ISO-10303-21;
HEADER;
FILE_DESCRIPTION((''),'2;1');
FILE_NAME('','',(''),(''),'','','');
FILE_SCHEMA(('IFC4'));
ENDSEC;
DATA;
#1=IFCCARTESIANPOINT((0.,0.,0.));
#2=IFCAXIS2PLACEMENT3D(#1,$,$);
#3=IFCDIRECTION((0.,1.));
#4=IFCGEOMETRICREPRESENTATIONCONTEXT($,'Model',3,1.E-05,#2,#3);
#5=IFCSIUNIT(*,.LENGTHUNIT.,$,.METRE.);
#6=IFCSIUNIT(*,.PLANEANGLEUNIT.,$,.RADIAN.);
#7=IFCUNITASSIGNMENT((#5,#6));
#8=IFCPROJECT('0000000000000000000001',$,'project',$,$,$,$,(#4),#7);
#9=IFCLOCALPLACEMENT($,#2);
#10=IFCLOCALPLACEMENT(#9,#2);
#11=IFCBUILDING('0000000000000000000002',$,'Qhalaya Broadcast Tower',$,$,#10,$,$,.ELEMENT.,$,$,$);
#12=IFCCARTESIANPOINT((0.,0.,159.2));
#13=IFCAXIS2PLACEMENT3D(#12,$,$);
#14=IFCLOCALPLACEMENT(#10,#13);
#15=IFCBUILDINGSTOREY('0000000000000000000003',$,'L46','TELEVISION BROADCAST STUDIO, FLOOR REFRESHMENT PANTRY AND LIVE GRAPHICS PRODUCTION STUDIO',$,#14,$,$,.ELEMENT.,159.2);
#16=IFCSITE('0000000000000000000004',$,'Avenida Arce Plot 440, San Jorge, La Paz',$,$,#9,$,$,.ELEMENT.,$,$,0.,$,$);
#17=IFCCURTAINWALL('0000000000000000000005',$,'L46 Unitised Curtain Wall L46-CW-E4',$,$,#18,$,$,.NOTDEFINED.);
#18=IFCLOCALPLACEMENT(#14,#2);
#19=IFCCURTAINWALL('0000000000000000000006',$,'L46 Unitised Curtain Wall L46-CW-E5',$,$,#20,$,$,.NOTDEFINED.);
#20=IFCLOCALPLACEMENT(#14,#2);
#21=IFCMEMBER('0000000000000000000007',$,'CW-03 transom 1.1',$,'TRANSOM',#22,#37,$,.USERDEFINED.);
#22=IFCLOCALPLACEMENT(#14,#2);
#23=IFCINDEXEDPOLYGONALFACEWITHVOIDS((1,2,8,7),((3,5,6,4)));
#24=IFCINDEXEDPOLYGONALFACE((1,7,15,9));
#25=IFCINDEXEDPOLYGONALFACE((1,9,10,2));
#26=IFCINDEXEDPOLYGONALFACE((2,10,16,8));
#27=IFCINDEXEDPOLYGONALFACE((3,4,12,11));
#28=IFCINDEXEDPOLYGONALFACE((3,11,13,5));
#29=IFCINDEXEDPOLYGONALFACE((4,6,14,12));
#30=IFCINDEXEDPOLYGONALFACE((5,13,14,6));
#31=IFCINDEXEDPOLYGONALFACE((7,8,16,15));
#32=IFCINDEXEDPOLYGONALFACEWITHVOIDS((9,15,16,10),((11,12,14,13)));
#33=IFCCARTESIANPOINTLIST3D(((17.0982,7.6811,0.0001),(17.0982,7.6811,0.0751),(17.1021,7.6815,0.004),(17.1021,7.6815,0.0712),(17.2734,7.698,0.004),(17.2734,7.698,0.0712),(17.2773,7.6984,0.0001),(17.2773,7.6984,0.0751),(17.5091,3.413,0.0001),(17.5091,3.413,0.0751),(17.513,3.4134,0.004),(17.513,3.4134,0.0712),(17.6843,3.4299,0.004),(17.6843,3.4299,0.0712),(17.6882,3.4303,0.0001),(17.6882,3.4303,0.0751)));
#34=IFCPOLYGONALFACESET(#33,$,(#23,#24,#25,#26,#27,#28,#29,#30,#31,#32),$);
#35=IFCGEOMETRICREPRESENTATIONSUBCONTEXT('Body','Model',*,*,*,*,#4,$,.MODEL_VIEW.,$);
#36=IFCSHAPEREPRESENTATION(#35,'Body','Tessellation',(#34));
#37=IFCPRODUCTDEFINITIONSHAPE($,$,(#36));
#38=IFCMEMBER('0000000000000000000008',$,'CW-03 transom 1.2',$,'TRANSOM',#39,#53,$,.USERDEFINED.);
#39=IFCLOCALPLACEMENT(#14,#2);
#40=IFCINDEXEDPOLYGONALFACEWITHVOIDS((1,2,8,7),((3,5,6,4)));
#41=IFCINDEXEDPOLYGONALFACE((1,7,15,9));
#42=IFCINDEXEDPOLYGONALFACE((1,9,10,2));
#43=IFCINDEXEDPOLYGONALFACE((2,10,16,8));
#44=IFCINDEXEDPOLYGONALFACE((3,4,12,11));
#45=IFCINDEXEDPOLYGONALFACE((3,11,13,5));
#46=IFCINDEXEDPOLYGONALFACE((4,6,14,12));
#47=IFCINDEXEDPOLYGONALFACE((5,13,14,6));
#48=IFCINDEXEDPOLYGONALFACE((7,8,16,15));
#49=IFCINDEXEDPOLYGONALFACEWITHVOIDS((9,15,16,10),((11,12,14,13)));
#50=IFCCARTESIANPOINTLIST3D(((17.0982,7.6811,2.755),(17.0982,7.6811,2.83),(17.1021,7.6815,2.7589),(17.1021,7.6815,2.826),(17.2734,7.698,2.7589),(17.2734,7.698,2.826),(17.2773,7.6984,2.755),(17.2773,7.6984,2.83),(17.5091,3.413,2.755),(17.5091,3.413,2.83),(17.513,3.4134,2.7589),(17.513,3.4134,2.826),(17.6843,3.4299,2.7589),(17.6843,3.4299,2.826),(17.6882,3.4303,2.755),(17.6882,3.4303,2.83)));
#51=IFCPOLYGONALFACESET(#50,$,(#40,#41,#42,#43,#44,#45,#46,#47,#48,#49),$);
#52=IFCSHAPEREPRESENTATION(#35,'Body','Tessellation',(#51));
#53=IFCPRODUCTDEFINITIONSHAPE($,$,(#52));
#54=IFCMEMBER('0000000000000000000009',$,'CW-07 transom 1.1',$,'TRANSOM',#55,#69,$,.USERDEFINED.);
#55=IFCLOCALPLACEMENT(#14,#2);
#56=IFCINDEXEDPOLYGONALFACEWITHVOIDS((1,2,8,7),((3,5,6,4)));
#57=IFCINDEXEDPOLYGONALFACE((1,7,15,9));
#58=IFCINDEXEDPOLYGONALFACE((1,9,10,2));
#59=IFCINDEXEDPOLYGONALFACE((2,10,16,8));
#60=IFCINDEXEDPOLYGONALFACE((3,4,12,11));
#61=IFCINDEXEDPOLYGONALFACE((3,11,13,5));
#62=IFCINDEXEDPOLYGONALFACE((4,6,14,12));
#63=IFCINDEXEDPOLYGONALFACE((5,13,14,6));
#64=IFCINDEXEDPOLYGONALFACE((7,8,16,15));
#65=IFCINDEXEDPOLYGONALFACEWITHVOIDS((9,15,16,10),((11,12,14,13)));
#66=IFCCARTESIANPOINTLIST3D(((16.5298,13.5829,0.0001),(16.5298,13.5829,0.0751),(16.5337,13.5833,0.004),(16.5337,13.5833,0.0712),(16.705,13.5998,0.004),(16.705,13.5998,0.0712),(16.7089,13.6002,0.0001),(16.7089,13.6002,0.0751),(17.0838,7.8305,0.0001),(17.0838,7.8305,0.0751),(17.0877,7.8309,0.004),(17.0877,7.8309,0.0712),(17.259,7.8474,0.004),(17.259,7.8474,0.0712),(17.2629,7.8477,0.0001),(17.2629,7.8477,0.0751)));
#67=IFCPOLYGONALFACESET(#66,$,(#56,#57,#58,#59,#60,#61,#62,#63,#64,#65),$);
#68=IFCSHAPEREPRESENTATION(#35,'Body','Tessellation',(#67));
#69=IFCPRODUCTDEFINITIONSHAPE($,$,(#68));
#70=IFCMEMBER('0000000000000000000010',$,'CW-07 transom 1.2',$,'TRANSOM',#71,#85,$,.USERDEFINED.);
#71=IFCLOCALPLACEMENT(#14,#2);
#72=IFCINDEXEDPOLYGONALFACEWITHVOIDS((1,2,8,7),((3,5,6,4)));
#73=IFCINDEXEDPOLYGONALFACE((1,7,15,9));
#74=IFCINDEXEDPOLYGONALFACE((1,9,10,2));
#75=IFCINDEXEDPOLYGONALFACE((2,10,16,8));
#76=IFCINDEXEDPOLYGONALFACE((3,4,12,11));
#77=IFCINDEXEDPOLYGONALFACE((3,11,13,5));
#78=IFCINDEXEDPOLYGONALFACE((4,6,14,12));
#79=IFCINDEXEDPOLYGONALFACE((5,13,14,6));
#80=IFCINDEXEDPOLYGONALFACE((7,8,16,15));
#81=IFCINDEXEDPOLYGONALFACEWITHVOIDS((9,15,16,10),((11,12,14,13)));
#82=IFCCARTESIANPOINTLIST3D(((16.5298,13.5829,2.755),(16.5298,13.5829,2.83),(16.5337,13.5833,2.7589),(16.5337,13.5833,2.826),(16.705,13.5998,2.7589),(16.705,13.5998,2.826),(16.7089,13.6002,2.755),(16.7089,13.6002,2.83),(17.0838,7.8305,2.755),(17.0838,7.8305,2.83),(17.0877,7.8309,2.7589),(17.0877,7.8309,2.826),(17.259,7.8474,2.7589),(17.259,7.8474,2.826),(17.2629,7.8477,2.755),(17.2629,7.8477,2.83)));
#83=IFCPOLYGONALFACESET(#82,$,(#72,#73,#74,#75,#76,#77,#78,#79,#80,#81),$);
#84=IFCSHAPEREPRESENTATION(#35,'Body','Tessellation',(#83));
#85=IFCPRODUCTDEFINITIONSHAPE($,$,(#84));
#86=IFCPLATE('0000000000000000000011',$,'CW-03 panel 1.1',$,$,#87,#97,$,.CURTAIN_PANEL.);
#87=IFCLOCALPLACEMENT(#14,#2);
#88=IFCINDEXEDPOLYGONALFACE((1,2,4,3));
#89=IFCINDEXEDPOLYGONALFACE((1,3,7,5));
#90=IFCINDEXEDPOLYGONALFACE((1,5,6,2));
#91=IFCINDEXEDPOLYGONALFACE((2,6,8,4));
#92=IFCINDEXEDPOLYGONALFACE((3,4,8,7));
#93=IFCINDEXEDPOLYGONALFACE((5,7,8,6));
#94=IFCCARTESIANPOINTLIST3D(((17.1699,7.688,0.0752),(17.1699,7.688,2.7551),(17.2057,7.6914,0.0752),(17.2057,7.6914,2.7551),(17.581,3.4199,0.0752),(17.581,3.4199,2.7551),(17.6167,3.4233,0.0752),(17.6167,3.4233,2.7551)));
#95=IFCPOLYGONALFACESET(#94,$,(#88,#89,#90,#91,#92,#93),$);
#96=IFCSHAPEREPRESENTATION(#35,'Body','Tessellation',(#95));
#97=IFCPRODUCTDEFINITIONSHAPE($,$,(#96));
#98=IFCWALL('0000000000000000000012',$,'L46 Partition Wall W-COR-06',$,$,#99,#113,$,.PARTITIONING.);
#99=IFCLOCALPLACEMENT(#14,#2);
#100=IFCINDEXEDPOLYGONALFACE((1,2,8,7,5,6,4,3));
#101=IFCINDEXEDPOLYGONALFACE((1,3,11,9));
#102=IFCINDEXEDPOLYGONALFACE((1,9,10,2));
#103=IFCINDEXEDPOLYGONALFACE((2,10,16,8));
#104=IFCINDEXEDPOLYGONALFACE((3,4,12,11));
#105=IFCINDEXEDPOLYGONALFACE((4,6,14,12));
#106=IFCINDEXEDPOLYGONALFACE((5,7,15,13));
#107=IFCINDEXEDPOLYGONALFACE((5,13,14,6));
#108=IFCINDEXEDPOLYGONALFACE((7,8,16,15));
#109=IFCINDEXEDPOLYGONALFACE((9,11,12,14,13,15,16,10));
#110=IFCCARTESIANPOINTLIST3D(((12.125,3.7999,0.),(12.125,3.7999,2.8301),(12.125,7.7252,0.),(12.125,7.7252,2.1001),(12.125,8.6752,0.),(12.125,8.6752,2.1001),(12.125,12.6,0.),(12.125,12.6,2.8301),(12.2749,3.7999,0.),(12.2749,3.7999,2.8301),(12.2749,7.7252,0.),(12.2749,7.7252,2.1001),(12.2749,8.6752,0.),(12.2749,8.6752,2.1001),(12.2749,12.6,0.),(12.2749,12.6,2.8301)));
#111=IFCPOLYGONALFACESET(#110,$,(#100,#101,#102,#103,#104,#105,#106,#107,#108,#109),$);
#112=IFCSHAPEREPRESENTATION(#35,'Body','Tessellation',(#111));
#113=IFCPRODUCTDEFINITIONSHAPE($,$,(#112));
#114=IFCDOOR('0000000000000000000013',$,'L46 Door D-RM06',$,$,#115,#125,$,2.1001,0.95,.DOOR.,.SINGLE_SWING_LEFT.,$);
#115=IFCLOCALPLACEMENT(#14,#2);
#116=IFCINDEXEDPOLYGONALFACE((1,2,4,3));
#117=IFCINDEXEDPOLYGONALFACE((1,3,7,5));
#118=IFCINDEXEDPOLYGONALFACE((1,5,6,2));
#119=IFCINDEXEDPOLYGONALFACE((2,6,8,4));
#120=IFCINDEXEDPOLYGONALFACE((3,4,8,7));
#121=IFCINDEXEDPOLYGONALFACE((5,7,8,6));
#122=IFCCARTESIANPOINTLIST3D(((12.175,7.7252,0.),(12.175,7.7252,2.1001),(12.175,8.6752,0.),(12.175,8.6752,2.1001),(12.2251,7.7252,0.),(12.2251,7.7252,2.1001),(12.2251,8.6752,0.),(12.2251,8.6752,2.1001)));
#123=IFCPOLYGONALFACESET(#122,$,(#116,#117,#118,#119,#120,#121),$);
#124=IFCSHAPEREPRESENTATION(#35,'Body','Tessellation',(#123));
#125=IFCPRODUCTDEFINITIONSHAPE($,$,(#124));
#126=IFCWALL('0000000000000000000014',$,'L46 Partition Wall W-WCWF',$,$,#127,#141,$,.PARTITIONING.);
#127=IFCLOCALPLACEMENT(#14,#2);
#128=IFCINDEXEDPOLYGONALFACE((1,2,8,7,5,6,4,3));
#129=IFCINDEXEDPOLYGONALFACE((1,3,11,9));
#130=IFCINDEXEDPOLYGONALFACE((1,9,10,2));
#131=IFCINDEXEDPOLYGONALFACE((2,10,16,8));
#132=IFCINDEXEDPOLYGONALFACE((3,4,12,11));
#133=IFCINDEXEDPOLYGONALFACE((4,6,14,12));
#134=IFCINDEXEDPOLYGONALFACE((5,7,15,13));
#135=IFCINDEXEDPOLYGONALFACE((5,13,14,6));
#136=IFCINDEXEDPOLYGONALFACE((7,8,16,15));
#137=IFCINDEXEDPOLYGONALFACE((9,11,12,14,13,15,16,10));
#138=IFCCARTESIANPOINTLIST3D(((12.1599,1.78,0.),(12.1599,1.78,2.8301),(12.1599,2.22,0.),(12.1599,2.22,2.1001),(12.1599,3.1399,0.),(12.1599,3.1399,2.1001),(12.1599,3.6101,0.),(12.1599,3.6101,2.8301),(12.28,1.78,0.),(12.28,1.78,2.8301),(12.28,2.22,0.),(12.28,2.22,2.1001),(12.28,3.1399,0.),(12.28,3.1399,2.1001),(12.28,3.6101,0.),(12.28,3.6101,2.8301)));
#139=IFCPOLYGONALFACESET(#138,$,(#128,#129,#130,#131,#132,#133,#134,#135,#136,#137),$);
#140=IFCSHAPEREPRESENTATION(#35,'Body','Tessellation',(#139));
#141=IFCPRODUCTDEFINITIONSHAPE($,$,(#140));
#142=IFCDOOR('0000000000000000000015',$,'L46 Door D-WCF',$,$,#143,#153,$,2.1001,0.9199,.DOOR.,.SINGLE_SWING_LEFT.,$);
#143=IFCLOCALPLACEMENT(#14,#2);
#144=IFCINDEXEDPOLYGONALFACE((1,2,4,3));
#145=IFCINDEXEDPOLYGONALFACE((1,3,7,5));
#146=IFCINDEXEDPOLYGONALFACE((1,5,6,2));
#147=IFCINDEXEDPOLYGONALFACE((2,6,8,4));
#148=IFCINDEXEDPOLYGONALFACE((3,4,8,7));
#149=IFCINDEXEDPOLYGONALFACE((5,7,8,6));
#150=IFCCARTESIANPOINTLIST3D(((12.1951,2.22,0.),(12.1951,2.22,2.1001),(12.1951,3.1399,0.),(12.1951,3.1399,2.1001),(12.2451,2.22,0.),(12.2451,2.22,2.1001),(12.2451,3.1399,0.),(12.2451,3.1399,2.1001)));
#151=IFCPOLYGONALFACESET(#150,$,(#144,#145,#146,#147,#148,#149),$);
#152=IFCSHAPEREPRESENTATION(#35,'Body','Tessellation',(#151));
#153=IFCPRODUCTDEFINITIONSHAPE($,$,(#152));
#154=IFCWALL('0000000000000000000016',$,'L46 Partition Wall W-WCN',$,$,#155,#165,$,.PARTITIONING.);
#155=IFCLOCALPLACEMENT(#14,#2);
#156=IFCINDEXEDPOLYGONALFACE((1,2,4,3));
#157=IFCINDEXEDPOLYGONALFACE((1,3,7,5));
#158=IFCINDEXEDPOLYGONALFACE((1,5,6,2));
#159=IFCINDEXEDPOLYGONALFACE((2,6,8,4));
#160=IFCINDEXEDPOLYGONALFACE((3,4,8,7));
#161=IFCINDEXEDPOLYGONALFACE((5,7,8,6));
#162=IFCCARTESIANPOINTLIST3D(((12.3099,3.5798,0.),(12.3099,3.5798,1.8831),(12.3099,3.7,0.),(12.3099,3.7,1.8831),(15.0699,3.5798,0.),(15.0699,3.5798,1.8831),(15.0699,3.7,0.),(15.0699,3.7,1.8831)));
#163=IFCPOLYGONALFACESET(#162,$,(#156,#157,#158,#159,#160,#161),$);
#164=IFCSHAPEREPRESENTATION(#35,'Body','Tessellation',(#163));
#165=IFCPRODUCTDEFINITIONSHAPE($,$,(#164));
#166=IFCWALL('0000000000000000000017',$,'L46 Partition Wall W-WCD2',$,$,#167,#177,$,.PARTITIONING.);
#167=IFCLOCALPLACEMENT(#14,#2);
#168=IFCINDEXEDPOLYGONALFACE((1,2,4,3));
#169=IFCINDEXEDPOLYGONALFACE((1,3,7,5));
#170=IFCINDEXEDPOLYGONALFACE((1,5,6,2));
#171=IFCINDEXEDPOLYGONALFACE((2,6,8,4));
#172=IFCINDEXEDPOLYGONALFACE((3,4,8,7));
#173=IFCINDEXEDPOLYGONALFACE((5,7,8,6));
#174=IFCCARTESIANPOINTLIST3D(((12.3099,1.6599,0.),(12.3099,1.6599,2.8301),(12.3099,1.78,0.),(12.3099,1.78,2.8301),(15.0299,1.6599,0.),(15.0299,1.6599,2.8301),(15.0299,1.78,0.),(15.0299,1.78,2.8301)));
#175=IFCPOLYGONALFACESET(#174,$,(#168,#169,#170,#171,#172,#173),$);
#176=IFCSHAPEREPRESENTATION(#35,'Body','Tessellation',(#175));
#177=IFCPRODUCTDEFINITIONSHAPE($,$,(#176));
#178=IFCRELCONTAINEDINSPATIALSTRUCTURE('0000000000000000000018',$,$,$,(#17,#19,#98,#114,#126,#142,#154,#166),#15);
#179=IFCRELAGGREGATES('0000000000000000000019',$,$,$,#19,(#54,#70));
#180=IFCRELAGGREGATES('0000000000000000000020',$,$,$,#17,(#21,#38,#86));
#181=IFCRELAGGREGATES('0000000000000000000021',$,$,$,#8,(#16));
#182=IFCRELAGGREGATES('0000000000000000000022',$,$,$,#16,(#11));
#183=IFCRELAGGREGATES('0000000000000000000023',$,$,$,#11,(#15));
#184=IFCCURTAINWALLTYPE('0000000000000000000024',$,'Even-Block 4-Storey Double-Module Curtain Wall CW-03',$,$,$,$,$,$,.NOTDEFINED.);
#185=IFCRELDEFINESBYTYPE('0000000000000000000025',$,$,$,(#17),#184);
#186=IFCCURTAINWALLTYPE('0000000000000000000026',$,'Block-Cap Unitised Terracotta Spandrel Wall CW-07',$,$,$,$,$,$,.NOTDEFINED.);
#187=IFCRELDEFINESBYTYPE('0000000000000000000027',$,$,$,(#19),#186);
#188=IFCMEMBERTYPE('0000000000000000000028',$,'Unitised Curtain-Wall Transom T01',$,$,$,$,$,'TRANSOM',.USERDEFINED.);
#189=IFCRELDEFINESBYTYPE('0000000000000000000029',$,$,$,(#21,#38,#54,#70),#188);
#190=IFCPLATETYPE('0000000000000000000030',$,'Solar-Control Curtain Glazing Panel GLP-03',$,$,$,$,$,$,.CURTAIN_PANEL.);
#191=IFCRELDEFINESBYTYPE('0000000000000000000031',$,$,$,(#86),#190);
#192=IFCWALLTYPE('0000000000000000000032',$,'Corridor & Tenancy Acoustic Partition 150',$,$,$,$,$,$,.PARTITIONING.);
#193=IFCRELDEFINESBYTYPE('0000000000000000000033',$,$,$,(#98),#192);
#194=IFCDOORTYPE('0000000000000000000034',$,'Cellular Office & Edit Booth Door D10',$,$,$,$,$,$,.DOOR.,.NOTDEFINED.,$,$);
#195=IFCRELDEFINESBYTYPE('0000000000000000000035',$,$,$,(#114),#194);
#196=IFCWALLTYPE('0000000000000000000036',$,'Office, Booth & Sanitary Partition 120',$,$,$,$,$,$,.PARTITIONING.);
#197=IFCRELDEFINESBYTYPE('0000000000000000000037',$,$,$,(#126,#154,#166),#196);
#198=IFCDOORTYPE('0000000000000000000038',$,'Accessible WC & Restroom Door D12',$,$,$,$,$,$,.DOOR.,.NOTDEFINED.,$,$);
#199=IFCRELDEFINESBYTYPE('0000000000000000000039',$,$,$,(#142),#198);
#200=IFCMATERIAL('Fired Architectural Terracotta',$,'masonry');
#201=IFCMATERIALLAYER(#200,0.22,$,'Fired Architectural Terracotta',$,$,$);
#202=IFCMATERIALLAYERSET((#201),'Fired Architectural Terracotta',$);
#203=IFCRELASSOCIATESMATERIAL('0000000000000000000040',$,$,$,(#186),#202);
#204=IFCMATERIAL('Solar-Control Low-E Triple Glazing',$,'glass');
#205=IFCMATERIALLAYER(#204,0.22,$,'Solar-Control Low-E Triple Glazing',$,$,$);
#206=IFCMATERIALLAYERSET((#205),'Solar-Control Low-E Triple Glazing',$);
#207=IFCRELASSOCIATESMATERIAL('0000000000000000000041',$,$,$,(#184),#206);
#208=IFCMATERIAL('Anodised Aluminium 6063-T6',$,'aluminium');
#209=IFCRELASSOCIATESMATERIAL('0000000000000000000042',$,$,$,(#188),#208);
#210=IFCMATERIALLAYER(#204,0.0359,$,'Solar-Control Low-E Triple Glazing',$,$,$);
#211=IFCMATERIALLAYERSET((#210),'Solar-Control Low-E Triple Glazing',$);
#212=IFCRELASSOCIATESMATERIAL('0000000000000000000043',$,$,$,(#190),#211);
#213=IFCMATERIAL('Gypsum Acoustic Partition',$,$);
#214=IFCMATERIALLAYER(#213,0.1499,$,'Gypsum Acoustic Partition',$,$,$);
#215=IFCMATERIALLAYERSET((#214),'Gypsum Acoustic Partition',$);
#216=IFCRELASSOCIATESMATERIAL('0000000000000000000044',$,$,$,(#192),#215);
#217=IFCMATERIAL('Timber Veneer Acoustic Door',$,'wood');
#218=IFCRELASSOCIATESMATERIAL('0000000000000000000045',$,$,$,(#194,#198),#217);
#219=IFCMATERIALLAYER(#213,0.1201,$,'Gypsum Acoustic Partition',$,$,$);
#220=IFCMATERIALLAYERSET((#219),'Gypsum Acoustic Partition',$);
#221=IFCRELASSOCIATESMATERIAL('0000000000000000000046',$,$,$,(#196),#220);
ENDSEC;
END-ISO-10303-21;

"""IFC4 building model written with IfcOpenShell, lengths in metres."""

from ifc_helpers import new_model, si_unit, direction, frame, frame_2d, origin, origin_2d, place, context, subcontext, project, spatial, rectangle, hollow_rectangle, extrude, material, layer, layer_set, material_profile, profile_set, type_object, element, fill, aggregate, save


model = new_model("IFC4")

# Units and contexts
model_context = context("Model", 3, precision=1e-05, world=origin(), true_north=direction((0.0, 1.0)))
body_context = subcontext(model_context, "Body", "Model", "MODEL_VIEW")
ifc_project = project(units=[si_unit("LENGTHUNIT", "METRE"), si_unit("PLANEANGLEUNIT", "RADIAN")], contexts=[model_context])

# Site, building, storey
site_placement = place(None, origin())
site = spatial("IfcSite", under=ifc_project, at=site_placement, Name="Avenida Arce Plot 440, San Jorge, La Paz", CompositionType="ELEMENT", RefElevation=0.0)
building_placement = place(site_placement, origin())
building = spatial("IfcBuilding", under=site, at=building_placement, Name="Qhalaya Broadcast Tower", CompositionType="ELEMENT")
storey_placement = place(building_placement, frame((0.0, 0.0, 159.2)))
storey = spatial("IfcBuildingStorey", under=building, at=storey_placement, Name="L46", Description="TELEVISION BROADCAST STUDIO, FLOOR REFRESHMENT PANTRY AND LIVE GRAPHICS PRODUCTION STUDIO", CompositionType="ELEMENT", Elevation=159.2)

# Shared definitions
ifc_material_1 = material(Name="Fired Architectural Terracotta", Category="masonry")
ifc_layer_1 = layer(ifc_material_1, 0.22, Name="Fired Architectural Terracotta")
ifc_layer_set_1 = layer_set([ifc_layer_1], Name="Fired Architectural Terracotta")
curtain_wall_type_1 = type_object("IfcCurtainWallType", Name="Block-Cap Unitised Terracotta Spandrel Wall CW-07", PredefinedType="NOTDEFINED", material=ifc_layer_set_1)
ifc_material_2 = material(Name="Anodised Aluminium 6063-T6", Category="aluminium")

# Curtain wall
ifc_material_3 = material(Name="Solar-Control Low-E Triple Glazing", Category="glass")
ifc_layer_2 = layer(ifc_material_3, 0.22, Name="Solar-Control Low-E Triple Glazing")
ifc_layer_set_2 = layer_set([ifc_layer_2], Name="Solar-Control Low-E Triple Glazing")
curtain_wall_type_2 = type_object("IfcCurtainWallType", Name="Even-Block 4-Storey Double-Module Curtain Wall CW-03", PredefinedType="NOTDEFINED", material=ifc_layer_set_2)
curtain_wall_1_placement = place(storey_placement, origin())
curtain_wall_1 = element("IfcCurtainWall", 1, at=curtain_wall_1_placement, inside=storey, type_object=curtain_wall_type_2, Name="L46 Unitised Curtain Wall L46-CW-E4", PredefinedType="NOTDEFINED")

# Curtain wall
curtain_wall_2_placement = place(storey_placement, origin())
curtain_wall_2 = element("IfcCurtainWall", 2, at=curtain_wall_2_placement, inside=storey, type_object=curtain_wall_type_1, Name="L46 Unitised Curtain Wall L46-CW-E5", PredefinedType="NOTDEFINED")

# Members
ifc_material_profile_1 = material_profile(ifc_material_2, hollow_rectangle(XDim=0.075, YDim=0.1799, WallThickness=0.0039, at=origin_2d()), Name="ALU-TRN 75x180x4")
ifc_profile_set_1 = profile_set([ifc_material_profile_1], Name="Anodised Aluminium 6063-T6")
member_type_1 = type_object("IfcMemberType", Name="Unitised Curtain-Wall Transom T01", ElementType="TRANSOM", PredefinedType="USERDEFINED", material=ifc_profile_set_1)
member_1_placement = place(storey_placement, frame((17.5986, 3.4216, 0.0376), z_axis=(-0.095827, 0.995398, 0.0), x_axis=(0.0, 0.0, 1.0)))
member_1 = element("IfcMember", 3, at=member_1_placement, type_object=member_type_1, Name="CW-03 transom 1.1", ObjectType="TRANSOM", PredefinedType="USERDEFINED", context=body_context, shape_type="SweptSolid", body=[
    extrude(hollow_rectangle(XDim=0.075, YDim=0.1799, WallThickness=0.0039, at=origin_2d()), origin(), (0.0, 0.0, 1.0), 4.2878),
])
member_2_placement = place(storey_placement, frame((17.5986, 3.4216, 2.7925), z_axis=(-0.095827, 0.995398, 0.0), x_axis=(0.0, 0.0, 1.0)))
member_2 = element("IfcMember", 4, at=member_2_placement, type_object=member_type_1, Name="CW-03 transom 1.2", ObjectType="TRANSOM", PredefinedType="USERDEFINED", context=body_context, shape_type="SweptSolid", body=[
    extrude(hollow_rectangle(XDim=0.075, YDim=0.1799, WallThickness=0.0039, at=origin_2d()), origin(), (0.0, 0.0, 1.0), 4.2878),
])
member_3_placement = place(storey_placement, frame((17.1733, 7.8391, 0.0376), z_axis=(-0.095856, 0.995395, 0.0), x_axis=(0.0, 0.0, 1.0)))
member_3 = element("IfcMember", 5, at=member_3_placement, type_object=member_type_1, Name="CW-07 transom 1.1", ObjectType="TRANSOM", PredefinedType="USERDEFINED", context=body_context, shape_type="SweptSolid", body=[
    extrude(hollow_rectangle(XDim=0.075, YDim=0.1799, WallThickness=0.0039, at=origin_2d()), origin(), (0.0, 0.0, 1.0), 5.7791),
])
member_4_placement = place(storey_placement, frame((17.1733, 7.8391, 2.7925), z_axis=(-0.095856, 0.995395, 0.0), x_axis=(0.0, 0.0, 1.0)))
member_4 = element("IfcMember", 6, at=member_4_placement, type_object=member_type_1, Name="CW-07 transom 1.2", ObjectType="TRANSOM", PredefinedType="USERDEFINED", context=body_context, shape_type="SweptSolid", body=[
    extrude(hollow_rectangle(XDim=0.075, YDim=0.1799, WallThickness=0.0039, at=origin_2d()), origin(), (0.0, 0.0, 1.0), 5.7791),
])
aggregate(curtain_wall_2, [member_3, member_4])

# Plate
ifc_layer_3 = layer(ifc_material_3, 0.0359, Name="Solar-Control Low-E Triple Glazing")
ifc_layer_set_3 = layer_set([ifc_layer_3], Name="Solar-Control Low-E Triple Glazing")
plate_type = type_object("IfcPlateType", Name="Solar-Control Curtain Glazing Panel GLP-03", PredefinedType="CURTAIN_PANEL", material=ifc_layer_set_3)
plate_placement = place(storey_placement, frame((17.3933, 5.5557, 0.0752), z_axis=(0.0, 0.0, 1.0), x_axis=(-0.095855, 0.995395, 0.0)))
plate = element("IfcPlate", 7, at=plate_placement, type_object=plate_type, Name="CW-03 panel 1.1", PredefinedType="CURTAIN_PANEL", context=body_context, shape_type="SweptSolid", body=[
    extrude(rectangle(XDim=4.2878, YDim=0.0359, at=origin_2d()), origin(), (0.0, 0.0, 1.0), 2.6799),
])
aggregate(curtain_wall_1, [member_1, member_2, plate])

# Walls, openings, doors
ifc_material_4 = material(Name="Gypsum Acoustic Partition")
ifc_layer_4 = layer(ifc_material_4, 0.1499, Name="Gypsum Acoustic Partition")
ifc_layer_set_4 = layer_set([ifc_layer_4], Name="Gypsum Acoustic Partition")
wall_type_1 = type_object("IfcWallType", Name="Corridor & Tenancy Acoustic Partition 150", PredefinedType="PARTITIONING", material=ifc_layer_set_4)
wall_1_placement = place(storey_placement, frame((12.2, 3.8, 0.0), z_axis=(0.0, 0.0, 1.0), x_axis=(0.0, 1.0, 0.0)))
wall_1 = element("IfcWall", 8, at=wall_1_placement, inside=storey, type_object=wall_type_1, Name="L46 Partition Wall W-COR-06", PredefinedType="PARTITIONING", context=body_context, shape_type="SweptSolid", body=[
    extrude(rectangle(XDim=8.8, YDim=0.1499, at=frame_2d((4.3999, 0.0))), origin(), (0.0, 0.0, 1.0), 2.8301),
])
opening_1_placement = place(wall_1_placement, frame((3.925, 0.0, 0.0)))
opening_1 = element("IfcOpeningElement", 9, at=opening_1_placement, cuts=wall_1, PredefinedType="OPENING", context=body_context, shape_type="SweptSolid", body=[
    extrude(rectangle(XDim=0.95, YDim=2.1001, at=frame_2d((0.4751, 1.05))), frame((0.0, 0.0869, 0.0), z_axis=(0.0, -1.0, 0.0), x_axis=(1.0, 0.0, 0.0)), (0.0, 0.0, 1.0), 0.1738),
])
ifc_material_5 = material(Name="Timber Veneer Acoustic Door", Category="wood")
door_type_1 = type_object("IfcDoorType", Name="Cellular Office & Edit Booth Door D10", OperationType="NOTDEFINED", PredefinedType="DOOR", material=ifc_material_5)
door_1_placement = place(opening_1_placement, origin())
door_1 = element("IfcDoor", 10, at=door_1_placement, inside=storey, type_object=door_type_1, Name="L46 Door D-RM06", OperationType="SINGLE_SWING_LEFT", OverallHeight=2.1001, OverallWidth=0.95, PredefinedType="DOOR", context=body_context, shape_type="SweptSolid", body=[
    extrude(rectangle(XDim=0.95, YDim=2.1001, at=frame_2d((0.4751, 1.05))), frame((0.0, 0.0249, 0.0), z_axis=(0.0, -1.0, 0.0), x_axis=(1.0, 0.0, 0.0)), (0.0, 0.0, 1.0), 0.05),
])
fill(opening_1, door_1)
ifc_layer_5 = layer(ifc_material_4, 0.1201, Name="Gypsum Acoustic Partition")
ifc_layer_set_5 = layer_set([ifc_layer_5], Name="Gypsum Acoustic Partition")
wall_type_2 = type_object("IfcWallType", Name="Office, Booth & Sanitary Partition 120", PredefinedType="PARTITIONING", material=ifc_layer_set_5)
wall_2_placement = place(storey_placement, frame((12.22, 1.78, 0.0), z_axis=(0.0, 0.0, 1.0), x_axis=(0.0, 1.0, 0.0)))
wall_2 = element("IfcWall", 11, at=wall_2_placement, inside=storey, type_object=wall_type_2, Name="L46 Partition Wall W-WCWF", PredefinedType="PARTITIONING", context=body_context, shape_type="SweptSolid", body=[
    extrude(rectangle(XDim=1.8301, YDim=0.1201, at=frame_2d((0.915, 0.0))), origin(), (0.0, 0.0, 1.0), 2.8301),
])
opening_2_placement = place(wall_2_placement, frame((0.4399, 0.0, 0.0)))
opening_2 = element("IfcOpeningElement", 12, at=opening_2_placement, cuts=wall_2, PredefinedType="OPENING", context=body_context, shape_type="SweptSolid", body=[
    extrude(rectangle(XDim=0.9199, YDim=2.1001, at=frame_2d((0.46, 1.05))), frame((0.0, 0.072, 0.0), z_axis=(0.0, -1.0, 0.0), x_axis=(1.0, 0.0, 0.0)), (0.0, 0.0, 1.0), 0.144),
])
door_type_2 = type_object("IfcDoorType", Name="Accessible WC & Restroom Door D12", OperationType="NOTDEFINED", PredefinedType="DOOR", material=ifc_material_5)
door_2_placement = place(opening_2_placement, origin())
door_2 = element("IfcDoor", 13, at=door_2_placement, inside=storey, type_object=door_type_2, Name="L46 Door D-WCF", OperationType="SINGLE_SWING_LEFT", OverallHeight=2.1001, OverallWidth=0.9199, PredefinedType="DOOR", context=body_context, shape_type="SweptSolid", body=[
    extrude(rectangle(XDim=0.9199, YDim=2.1001, at=frame_2d((0.46, 1.05))), frame((0.0, 0.0249, 0.0), z_axis=(0.0, -1.0, 0.0), x_axis=(1.0, 0.0, 0.0)), (0.0, 0.0, 1.0), 0.05),
])
fill(opening_2, door_2)

# Walls
wall_3_placement = place(storey_placement, frame((12.3101, 3.6399, 0.0), z_axis=(0.0, 0.0, 1.0), x_axis=(1.0, 0.0, 0.0)))
element("IfcWall", 14, at=wall_3_placement, inside=storey, type_object=wall_type_2, Name="L46 Partition Wall W-WCN", PredefinedType="PARTITIONING", context=body_context, shape_type="SweptSolid", body=[
    extrude(rectangle(XDim=2.76, YDim=0.1201, at=frame_2d((1.3799, 0.0))), origin(), (0.0, 0.0, 1.0), 1.8831),
])
wall_4_placement = place(storey_placement, frame((12.3101, 1.72, 0.0), z_axis=(0.0, 0.0, 1.0), x_axis=(1.0, 0.0, 0.0)))
element("IfcWall", 15, at=wall_4_placement, inside=storey, type_object=wall_type_2, Name="L46 Partition Wall W-WCD2", PredefinedType="PARTITIONING", context=body_context, shape_type="SweptSolid", body=[
    extrude(rectangle(XDim=2.72, YDim=0.1201, at=frame_2d((1.3599, 0.0))), origin(), (0.0, 0.0, 1.0), 2.8301),
])

save(model, "model.ifc")
